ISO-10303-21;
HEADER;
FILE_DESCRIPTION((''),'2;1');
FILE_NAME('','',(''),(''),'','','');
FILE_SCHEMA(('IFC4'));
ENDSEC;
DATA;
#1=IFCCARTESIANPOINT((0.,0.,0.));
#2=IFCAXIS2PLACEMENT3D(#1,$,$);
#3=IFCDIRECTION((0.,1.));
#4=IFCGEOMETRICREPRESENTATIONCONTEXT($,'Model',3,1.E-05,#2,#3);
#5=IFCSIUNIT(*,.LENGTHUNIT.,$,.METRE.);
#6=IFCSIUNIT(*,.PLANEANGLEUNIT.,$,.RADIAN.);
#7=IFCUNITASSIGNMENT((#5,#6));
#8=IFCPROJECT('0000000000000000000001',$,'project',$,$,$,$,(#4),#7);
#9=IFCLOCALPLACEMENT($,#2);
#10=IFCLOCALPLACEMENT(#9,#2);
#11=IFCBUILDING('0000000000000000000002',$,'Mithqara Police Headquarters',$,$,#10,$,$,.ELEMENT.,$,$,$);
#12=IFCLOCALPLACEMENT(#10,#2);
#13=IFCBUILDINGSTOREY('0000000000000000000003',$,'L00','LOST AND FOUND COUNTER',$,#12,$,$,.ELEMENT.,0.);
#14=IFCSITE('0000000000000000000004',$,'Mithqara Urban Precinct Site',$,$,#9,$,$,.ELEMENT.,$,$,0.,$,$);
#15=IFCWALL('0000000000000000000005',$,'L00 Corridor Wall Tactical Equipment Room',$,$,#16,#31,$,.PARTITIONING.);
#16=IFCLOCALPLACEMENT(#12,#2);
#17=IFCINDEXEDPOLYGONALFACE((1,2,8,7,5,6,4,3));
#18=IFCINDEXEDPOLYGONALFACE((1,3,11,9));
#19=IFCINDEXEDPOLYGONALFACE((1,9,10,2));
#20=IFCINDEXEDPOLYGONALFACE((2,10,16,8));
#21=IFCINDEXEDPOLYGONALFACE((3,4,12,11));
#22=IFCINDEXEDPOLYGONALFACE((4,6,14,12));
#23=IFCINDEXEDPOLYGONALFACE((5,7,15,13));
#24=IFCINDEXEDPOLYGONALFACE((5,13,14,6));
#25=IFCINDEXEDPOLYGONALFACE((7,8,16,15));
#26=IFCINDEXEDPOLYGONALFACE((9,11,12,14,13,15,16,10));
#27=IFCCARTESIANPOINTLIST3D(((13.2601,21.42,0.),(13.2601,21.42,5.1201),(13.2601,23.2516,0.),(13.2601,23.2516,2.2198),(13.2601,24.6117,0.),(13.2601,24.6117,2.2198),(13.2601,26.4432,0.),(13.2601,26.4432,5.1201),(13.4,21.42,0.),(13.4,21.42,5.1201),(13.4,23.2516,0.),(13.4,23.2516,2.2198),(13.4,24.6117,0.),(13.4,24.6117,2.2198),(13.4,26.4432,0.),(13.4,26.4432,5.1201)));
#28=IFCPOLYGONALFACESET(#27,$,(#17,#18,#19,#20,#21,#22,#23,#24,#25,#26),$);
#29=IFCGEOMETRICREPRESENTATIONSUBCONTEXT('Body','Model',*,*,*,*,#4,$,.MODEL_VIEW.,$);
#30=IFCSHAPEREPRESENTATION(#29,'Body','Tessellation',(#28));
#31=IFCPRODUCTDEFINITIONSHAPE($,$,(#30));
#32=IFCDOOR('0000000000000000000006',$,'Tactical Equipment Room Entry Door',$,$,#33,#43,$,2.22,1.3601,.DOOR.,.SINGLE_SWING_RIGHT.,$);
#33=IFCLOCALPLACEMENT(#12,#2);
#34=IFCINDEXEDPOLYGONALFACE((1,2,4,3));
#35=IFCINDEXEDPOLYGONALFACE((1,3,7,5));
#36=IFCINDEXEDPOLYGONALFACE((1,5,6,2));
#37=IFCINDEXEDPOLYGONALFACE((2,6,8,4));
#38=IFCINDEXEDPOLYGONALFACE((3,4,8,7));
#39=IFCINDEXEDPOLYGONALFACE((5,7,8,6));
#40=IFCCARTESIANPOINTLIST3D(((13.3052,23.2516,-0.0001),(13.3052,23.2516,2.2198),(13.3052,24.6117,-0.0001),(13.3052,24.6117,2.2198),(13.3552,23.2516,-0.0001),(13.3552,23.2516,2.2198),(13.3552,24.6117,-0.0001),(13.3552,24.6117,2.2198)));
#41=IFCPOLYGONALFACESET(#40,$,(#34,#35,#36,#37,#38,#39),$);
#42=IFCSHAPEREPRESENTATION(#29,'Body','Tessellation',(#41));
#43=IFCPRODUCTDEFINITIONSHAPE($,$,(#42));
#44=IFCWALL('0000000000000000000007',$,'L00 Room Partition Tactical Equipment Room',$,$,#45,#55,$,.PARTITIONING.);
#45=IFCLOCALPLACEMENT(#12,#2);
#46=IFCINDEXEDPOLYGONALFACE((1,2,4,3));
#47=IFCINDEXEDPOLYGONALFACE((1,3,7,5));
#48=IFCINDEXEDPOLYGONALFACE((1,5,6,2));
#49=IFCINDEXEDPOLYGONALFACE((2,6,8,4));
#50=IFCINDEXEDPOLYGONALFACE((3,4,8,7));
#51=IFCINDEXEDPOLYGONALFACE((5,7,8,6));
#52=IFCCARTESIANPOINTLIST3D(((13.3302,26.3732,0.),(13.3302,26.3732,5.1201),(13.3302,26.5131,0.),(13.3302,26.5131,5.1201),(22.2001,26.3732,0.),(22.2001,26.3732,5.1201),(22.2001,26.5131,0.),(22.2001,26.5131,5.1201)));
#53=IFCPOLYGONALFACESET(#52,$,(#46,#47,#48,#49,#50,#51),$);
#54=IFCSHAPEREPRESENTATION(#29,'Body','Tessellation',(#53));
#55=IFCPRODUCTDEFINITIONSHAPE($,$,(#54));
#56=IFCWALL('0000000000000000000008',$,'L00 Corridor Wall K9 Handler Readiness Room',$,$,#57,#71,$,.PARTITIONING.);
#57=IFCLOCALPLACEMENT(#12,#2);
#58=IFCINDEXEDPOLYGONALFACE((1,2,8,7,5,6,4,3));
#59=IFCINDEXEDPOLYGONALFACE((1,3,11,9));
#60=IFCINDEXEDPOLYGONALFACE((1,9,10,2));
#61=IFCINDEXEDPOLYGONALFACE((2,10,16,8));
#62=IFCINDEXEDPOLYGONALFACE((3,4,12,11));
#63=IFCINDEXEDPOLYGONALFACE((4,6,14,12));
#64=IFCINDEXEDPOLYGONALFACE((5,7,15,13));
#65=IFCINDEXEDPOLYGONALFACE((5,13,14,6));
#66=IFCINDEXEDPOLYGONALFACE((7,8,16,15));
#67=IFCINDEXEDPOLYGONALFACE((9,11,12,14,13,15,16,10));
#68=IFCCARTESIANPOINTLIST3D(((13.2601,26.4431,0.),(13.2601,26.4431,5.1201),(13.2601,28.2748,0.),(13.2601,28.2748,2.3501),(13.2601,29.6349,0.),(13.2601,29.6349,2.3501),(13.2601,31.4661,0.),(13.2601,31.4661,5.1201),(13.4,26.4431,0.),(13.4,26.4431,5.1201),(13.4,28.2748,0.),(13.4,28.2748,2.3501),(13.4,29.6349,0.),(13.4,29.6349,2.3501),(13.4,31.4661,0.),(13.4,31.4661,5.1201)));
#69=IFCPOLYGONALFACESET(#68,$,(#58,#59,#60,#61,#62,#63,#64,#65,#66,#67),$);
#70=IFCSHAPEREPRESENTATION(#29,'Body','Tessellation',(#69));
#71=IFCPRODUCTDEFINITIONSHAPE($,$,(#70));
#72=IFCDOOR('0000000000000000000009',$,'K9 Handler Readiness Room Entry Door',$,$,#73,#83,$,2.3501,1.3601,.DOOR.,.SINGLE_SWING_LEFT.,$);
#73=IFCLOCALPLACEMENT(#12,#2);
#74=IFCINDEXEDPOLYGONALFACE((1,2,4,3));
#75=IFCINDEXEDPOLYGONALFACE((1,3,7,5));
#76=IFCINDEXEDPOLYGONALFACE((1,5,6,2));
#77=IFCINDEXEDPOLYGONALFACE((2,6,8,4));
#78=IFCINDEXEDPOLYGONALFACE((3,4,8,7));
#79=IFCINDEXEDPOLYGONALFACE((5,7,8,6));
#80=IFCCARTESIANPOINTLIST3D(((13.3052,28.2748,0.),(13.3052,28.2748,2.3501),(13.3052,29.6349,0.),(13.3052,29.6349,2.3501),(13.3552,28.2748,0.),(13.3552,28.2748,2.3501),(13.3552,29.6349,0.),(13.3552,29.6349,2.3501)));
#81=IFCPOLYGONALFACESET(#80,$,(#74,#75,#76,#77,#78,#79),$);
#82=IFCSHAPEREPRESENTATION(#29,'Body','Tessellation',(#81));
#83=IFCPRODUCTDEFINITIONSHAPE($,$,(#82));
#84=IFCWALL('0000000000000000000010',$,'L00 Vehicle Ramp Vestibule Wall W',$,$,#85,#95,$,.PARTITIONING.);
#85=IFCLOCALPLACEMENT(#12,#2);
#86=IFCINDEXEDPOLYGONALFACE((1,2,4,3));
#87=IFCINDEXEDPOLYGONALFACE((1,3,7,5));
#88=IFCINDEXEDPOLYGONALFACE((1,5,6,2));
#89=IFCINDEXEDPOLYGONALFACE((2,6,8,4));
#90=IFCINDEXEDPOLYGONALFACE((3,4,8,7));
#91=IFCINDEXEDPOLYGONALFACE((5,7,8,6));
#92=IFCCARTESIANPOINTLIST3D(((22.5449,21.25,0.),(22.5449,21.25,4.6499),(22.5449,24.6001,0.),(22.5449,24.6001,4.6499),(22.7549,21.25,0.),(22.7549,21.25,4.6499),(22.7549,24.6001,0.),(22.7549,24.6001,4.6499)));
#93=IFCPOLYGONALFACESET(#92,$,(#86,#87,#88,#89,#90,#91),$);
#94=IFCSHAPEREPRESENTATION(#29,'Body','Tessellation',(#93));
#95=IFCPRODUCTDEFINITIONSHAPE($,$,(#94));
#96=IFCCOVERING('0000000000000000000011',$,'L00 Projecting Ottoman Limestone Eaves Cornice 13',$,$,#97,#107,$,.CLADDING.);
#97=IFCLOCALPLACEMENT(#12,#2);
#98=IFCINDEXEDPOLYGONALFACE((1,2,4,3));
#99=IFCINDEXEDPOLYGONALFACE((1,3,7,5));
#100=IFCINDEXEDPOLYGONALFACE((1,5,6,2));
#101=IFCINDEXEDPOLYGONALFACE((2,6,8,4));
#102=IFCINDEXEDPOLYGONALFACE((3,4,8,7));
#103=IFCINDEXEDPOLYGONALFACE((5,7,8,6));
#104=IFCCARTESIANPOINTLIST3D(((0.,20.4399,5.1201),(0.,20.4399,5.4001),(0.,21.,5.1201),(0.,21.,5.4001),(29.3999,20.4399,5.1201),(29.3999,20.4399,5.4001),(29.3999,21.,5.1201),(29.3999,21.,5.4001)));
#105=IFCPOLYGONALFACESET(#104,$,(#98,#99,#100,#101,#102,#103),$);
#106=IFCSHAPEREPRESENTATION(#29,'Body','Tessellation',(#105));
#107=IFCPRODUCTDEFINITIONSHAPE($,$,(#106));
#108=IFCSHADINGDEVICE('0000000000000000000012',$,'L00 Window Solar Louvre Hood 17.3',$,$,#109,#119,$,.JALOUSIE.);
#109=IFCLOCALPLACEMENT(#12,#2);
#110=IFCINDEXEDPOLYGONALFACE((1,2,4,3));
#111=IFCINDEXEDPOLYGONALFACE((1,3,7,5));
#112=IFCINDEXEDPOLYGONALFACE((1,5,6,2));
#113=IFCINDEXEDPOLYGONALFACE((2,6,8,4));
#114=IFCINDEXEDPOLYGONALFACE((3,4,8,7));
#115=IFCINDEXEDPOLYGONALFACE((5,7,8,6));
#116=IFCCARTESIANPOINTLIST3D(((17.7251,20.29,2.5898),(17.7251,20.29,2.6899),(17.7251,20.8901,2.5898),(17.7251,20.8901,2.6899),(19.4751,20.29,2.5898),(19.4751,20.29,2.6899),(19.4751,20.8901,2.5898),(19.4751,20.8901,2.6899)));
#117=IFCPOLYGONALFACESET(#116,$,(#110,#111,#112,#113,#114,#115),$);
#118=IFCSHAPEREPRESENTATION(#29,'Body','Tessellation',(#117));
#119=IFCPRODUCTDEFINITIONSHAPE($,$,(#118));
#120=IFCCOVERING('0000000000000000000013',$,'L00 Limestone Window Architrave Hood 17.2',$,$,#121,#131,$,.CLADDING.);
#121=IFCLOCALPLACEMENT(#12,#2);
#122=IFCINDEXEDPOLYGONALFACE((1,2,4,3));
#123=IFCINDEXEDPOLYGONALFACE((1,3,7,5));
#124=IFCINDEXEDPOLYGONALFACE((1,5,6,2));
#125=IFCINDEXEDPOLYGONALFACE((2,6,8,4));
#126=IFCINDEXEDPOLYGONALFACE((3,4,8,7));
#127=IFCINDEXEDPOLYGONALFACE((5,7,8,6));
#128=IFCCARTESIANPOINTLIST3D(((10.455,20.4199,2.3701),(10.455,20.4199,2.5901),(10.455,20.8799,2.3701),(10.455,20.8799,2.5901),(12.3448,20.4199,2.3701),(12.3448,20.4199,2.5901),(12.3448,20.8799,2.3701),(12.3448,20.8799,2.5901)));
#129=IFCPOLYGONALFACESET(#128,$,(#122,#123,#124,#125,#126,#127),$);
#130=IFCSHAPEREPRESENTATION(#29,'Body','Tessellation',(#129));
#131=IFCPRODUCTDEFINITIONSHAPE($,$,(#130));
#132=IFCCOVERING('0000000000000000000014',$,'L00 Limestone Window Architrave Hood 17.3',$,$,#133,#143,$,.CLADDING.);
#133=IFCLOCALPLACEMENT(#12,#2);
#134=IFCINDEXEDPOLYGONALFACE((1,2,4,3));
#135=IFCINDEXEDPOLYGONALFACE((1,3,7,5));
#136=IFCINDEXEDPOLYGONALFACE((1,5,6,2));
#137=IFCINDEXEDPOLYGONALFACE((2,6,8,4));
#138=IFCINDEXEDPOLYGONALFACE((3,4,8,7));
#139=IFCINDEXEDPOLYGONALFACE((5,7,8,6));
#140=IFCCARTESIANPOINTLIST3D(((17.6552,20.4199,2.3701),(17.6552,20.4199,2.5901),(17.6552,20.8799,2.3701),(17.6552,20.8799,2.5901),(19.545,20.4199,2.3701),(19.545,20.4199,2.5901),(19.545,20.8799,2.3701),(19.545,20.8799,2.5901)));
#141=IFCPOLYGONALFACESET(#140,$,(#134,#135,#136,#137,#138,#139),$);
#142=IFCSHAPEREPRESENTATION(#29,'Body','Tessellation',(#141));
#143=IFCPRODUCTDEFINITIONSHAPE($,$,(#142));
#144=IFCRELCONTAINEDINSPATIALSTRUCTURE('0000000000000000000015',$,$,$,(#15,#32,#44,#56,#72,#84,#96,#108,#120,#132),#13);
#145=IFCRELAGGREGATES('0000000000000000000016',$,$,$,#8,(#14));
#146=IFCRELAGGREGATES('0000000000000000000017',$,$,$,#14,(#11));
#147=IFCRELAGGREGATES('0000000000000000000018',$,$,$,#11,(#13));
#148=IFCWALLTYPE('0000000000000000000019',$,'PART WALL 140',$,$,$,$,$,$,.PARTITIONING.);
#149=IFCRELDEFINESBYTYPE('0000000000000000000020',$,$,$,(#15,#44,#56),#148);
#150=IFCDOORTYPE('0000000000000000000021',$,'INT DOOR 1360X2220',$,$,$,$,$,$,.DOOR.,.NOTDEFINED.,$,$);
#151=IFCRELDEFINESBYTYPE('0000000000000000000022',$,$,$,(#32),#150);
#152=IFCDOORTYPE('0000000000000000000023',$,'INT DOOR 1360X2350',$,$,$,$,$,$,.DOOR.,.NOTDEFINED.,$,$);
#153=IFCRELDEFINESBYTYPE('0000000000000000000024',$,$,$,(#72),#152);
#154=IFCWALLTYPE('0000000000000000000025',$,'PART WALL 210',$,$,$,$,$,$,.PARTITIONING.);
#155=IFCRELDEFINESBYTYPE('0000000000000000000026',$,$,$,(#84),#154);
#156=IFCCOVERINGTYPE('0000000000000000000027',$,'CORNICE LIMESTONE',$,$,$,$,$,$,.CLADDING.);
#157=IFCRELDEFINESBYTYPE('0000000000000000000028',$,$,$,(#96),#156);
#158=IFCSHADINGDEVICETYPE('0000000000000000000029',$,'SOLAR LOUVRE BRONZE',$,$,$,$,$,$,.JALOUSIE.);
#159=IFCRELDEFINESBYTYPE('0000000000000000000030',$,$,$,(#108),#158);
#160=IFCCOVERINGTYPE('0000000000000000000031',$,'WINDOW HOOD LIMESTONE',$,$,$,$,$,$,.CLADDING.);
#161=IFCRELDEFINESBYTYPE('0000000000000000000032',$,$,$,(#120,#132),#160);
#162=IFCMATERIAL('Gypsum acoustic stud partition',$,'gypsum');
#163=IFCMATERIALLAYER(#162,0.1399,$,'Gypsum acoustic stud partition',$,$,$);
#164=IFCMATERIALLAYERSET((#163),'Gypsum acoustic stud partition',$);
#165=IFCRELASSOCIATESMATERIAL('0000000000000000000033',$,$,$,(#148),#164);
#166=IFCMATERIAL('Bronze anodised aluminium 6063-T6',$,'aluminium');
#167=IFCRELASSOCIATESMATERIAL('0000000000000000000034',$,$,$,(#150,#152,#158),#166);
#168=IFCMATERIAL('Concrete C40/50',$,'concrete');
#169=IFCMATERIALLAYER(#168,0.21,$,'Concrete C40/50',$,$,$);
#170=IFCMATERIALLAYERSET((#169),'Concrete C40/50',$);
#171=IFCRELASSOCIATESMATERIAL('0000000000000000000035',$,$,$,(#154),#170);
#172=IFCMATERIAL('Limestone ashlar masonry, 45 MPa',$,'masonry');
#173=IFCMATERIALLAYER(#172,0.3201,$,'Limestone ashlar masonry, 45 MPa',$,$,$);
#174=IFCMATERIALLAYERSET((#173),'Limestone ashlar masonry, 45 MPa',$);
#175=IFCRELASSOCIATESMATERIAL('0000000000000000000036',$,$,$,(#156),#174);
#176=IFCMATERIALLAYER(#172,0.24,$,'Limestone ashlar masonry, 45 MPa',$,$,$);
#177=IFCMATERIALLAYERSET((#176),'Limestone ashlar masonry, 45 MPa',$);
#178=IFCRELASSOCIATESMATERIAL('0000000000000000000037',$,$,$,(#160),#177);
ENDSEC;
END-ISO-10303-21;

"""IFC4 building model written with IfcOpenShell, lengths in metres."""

from ifc_helpers import new_model, si_unit, direction, frame, frame_2d, origin, origin_2d, place, context, subcontext, project, spatial, rectangle, extrude, material, layer, layer_set, type_object, element, fill, save


model = new_model("IFC4")

# Units and contexts
model_context = context("Model", 3, precision=1e-05, world=origin(), true_north=direction((0.0, 1.0)))
body_context = subcontext(model_context, "Body", "Model", "MODEL_VIEW")
ifc_project = project(units=[si_unit("LENGTHUNIT", "METRE"), si_unit("PLANEANGLEUNIT", "RADIAN")], contexts=[model_context])

# Site, building, storey
site_placement = place(None, origin())
site = spatial("IfcSite", under=ifc_project, at=site_placement, Name="Mithqara Urban Precinct Site", CompositionType="ELEMENT", RefElevation=0.0)
building_placement = place(site_placement, origin())
building = spatial("IfcBuilding", under=site, at=building_placement, Name="Mithqara Police Headquarters", CompositionType="ELEMENT")
storey_placement = place(building_placement, origin())
storey = spatial("IfcBuildingStorey", under=building, at=storey_placement, Name="L00", Description="LOST AND FOUND COUNTER", CompositionType="ELEMENT", Elevation=0.0)

# Shared definitions
ifc_material_1 = material(Name="Concrete C40/50", Category="concrete")

# Wall, opening, door
ifc_material_2 = material(Name="Gypsum acoustic stud partition", Category="gypsum")
ifc_layer_1 = layer(ifc_material_2, 0.1399, Name="Gypsum acoustic stud partition")
ifc_layer_set_1 = layer_set([ifc_layer_1], Name="Gypsum acoustic stud partition")
wall_type_1 = type_object("IfcWallType", Name="PART WALL 140", PredefinedType="PARTITIONING", material=ifc_layer_set_1)
wall_1_placement = place(storey_placement, frame((13.3301, 21.4199, 0.0), z_axis=(0.0, 0.0, 1.0), x_axis=(0.0, 1.0, 0.0)))
wall_1 = element("IfcWall", 1, at=wall_1_placement, inside=storey, type_object=wall_type_1, Name="L00 Corridor Wall Tactical Equipment Room", PredefinedType="PARTITIONING", context=body_context, shape_type="SweptSolid", body=[
    extrude(rectangle(XDim=5.0232, YDim=0.1399, at=frame_2d((2.5117, 0.0))), origin(), (0.0, 0.0, 1.0), 5.1201),
])
opening_1_placement = place(wall_1_placement, frame((1.8315, 0.0, 0.0)))
opening_1 = element("IfcOpeningElement", 2, at=opening_1_placement, cuts=wall_1, PredefinedType="OPENING", context=body_context, shape_type="SweptSolid", body=[
    extrude(rectangle(XDim=1.3601, YDim=2.22, at=frame_2d((0.6802, 1.1099))), frame((0.0, 0.0801, 0.0), z_axis=(0.0, -1.0, 0.0), x_axis=(1.0, 0.0, 0.0)), (0.0, 0.0, 1.0), 0.1599),
])
ifc_material_3 = material(Name="Bronze anodised aluminium 6063-T6", Category="aluminium")
door_type_1 = type_object("IfcDoorType", Name="INT DOOR 1360X2220", OperationType="NOTDEFINED", PredefinedType="DOOR", material=ifc_material_3)
door_1_placement = place(opening_1_placement, origin())
door_1 = element("IfcDoor", 3, at=door_1_placement, inside=storey, type_object=door_type_1, Name="Tactical Equipment Room Entry Door", OperationType="SINGLE_SWING_RIGHT", OverallHeight=2.22, OverallWidth=1.3601, PredefinedType="DOOR", context=body_context, shape_type="SweptSolid", body=[
    extrude(rectangle(XDim=1.3601, YDim=2.22, at=frame_2d((0.6802, 1.1099))), frame((0.0, 0.0249, 0.0), z_axis=(0.0, -1.0, 0.0), x_axis=(1.0, 0.0, 0.0)), (0.0, 0.0, 1.0), 0.05),
])
fill(opening_1, door_1)

# Wall
wall_2_placement = place(storey_placement, frame((13.3301, 26.4431, 0.0), z_axis=(0.0, 0.0, 1.0), x_axis=(1.0, 0.0, 0.0)))
element("IfcWall", 4, at=wall_2_placement, inside=storey, type_object=wall_type_1, Name="L00 Room Partition Tactical Equipment Room", PredefinedType="PARTITIONING", context=body_context, shape_type="SweptSolid", body=[
    extrude(rectangle(XDim=8.8699, YDim=0.1399, at=frame_2d((4.4351, 0.0))), origin(), (0.0, 0.0, 1.0), 5.1201),
])

# Wall, opening, door
wall_3_placement = place(storey_placement, frame((13.3301, 26.4431, 0.0), z_axis=(0.0, 0.0, 1.0), x_axis=(0.0, 1.0, 0.0)))
wall_3 = element("IfcWall", 5, at=wall_3_placement, inside=storey, type_object=wall_type_1, Name="L00 Corridor Wall K9 Handler Readiness Room", PredefinedType="PARTITIONING", context=body_context, shape_type="SweptSolid", body=[
    extrude(rectangle(XDim=5.0229, YDim=0.1399, at=frame_2d((2.5115, 0.0))), origin(), (0.0, 0.0, 1.0), 5.1201),
])
opening_2_placement = place(wall_3_placement, frame((1.8315, 0.0, 0.0)))
opening_2 = element("IfcOpeningElement", 6, at=opening_2_placement, cuts=wall_3, PredefinedType="OPENING", context=body_context, shape_type="SweptSolid", body=[
    extrude(rectangle(XDim=1.3601, YDim=2.3501, at=frame_2d((0.6802, 1.175))), frame((0.0, 0.0801, 0.0), z_axis=(0.0, -1.0, 0.0), x_axis=(1.0, 0.0, 0.0)), (0.0, 0.0, 1.0), 0.1599),
])
door_type_2 = type_object("IfcDoorType", Name="INT DOOR 1360X2350", OperationType="NOTDEFINED", PredefinedType="DOOR", material=ifc_material_3)
door_2_placement = place(opening_2_placement, origin())
door_2 = element("IfcDoor", 7, at=door_2_placement, inside=storey, type_object=door_type_2, Name="K9 Handler Readiness Room Entry Door", OperationType="SINGLE_SWING_LEFT", OverallHeight=2.3501, OverallWidth=1.3601, PredefinedType="DOOR", context=body_context, shape_type="SweptSolid", body=[
    extrude(rectangle(XDim=1.3601, YDim=2.3501, at=frame_2d((0.6802, 1.175))), frame((0.0, 0.0249, 0.0), z_axis=(0.0, -1.0, 0.0), x_axis=(1.0, 0.0, 0.0)), (0.0, 0.0, 1.0), 0.05),
])
fill(opening_2, door_2)

# Wall
ifc_layer_2 = layer(ifc_material_1, 0.21, Name="Concrete C40/50")
ifc_layer_set_2 = layer_set([ifc_layer_2], Name="Concrete C40/50")
wall_type_2 = type_object("IfcWallType", Name="PART WALL 210", PredefinedType="PARTITIONING", material=ifc_layer_set_2)
wall_4_placement = place(storey_placement, frame((22.6499, 21.25, 0.0), z_axis=(0.0, 0.0, 1.0), x_axis=(0.0, 1.0, 0.0)))
element("IfcWall", 8, at=wall_4_placement, inside=storey, type_object=wall_type_2, Name="L00 Vehicle Ramp Vestibule Wall W", PredefinedType="PARTITIONING", context=body_context, shape_type="SweptSolid", body=[
    extrude(rectangle(XDim=3.3501, YDim=0.21, at=frame_2d((1.675, 0.0))), origin(), (0.0, 0.0, 1.0), 4.6499),
])

# Covering
ifc_material_4 = material(Name="Limestone ashlar masonry, 45 MPa", Category="masonry")
ifc_layer_3 = layer(ifc_material_4, 0.3201, Name="Limestone ashlar masonry, 45 MPa")
ifc_layer_set_3 = layer_set([ifc_layer_3], Name="Limestone ashlar masonry, 45 MPa")
covering_type_1 = type_object("IfcCoveringType", Name="CORNICE LIMESTONE", PredefinedType="CLADDING", material=ifc_layer_set_3)
covering_placement = place(storey_placement, frame((14.7, 20.72, 5.1201), z_axis=(0.0, 0.0, 1.0), x_axis=(1.0, 0.0, 0.0)))
element("IfcCovering", 9, at=covering_placement, inside=storey, type_object=covering_type_1, Name="L00 Projecting Ottoman Limestone Eaves Cornice 13", PredefinedType="CLADDING", context=body_context, shape_type="SweptSolid", body=[
    extrude(rectangle(XDim=29.3999, YDim=0.5601, at=origin_2d()), origin(), (0.0, 0.0, 1.0), 0.28),
])

# Shading device
shading_device_type = type_object("IfcShadingDeviceType", Name="SOLAR LOUVRE BRONZE", PredefinedType="JALOUSIE", material=ifc_material_3)
shading_device_placement = place(storey_placement, frame((18.6001, 20.5901, 2.5898), z_axis=(0.0, 0.0, 1.0), x_axis=(1.0, 0.0, 0.0)))
element("IfcShadingDevice", 10, at=shading_device_placement, inside=storey, type_object=shading_device_type, Name="L00 Window Solar Louvre Hood 17.3", PredefinedType="JALOUSIE", context=body_context, shape_type="SweptSolid", body=[
    extrude(rectangle(XDim=1.75, YDim=0.6001, at=origin_2d()), origin(), (0.0, 0.0, 1.0), 0.1001),
])

# Coverings
ifc_layer_4 = layer(ifc_material_4, 0.24, Name="Limestone ashlar masonry, 45 MPa")
ifc_layer_set_4 = layer_set([ifc_layer_4], Name="Limestone ashlar masonry, 45 MPa")
covering_type_2 = type_object("IfcCoveringType", Name="WINDOW HOOD LIMESTONE", PredefinedType="CLADDING", material=ifc_layer_set_4)
for number, where, z_axis, x_axis, name in (
    (11, (11.3999, 20.6499, 2.3701), (0.0, 0.0, 1.0), (1.0, 0.0, 0.0), "L00 Limestone Window Architrave Hood 17.2"),
    (12, (18.6001, 20.6499, 2.3701), (0.0, 0.0, 1.0), (1.0, 0.0, 0.0), "L00 Limestone Window Architrave Hood 17.3"),
):
    element("IfcCovering", number, at=place(storey_placement, frame(where, z_axis=z_axis, x_axis=x_axis)), inside=storey, type_object=covering_type_2, Name=name, PredefinedType="CLADDING", context=body_context, shape_type="SweptSolid", body=[
        extrude(rectangle(XDim=1.8899, YDim=0.46, at=origin_2d()), origin(), (0.0, 0.0, 1.0), 0.22),
    ])

save(model, "model.ifc")
